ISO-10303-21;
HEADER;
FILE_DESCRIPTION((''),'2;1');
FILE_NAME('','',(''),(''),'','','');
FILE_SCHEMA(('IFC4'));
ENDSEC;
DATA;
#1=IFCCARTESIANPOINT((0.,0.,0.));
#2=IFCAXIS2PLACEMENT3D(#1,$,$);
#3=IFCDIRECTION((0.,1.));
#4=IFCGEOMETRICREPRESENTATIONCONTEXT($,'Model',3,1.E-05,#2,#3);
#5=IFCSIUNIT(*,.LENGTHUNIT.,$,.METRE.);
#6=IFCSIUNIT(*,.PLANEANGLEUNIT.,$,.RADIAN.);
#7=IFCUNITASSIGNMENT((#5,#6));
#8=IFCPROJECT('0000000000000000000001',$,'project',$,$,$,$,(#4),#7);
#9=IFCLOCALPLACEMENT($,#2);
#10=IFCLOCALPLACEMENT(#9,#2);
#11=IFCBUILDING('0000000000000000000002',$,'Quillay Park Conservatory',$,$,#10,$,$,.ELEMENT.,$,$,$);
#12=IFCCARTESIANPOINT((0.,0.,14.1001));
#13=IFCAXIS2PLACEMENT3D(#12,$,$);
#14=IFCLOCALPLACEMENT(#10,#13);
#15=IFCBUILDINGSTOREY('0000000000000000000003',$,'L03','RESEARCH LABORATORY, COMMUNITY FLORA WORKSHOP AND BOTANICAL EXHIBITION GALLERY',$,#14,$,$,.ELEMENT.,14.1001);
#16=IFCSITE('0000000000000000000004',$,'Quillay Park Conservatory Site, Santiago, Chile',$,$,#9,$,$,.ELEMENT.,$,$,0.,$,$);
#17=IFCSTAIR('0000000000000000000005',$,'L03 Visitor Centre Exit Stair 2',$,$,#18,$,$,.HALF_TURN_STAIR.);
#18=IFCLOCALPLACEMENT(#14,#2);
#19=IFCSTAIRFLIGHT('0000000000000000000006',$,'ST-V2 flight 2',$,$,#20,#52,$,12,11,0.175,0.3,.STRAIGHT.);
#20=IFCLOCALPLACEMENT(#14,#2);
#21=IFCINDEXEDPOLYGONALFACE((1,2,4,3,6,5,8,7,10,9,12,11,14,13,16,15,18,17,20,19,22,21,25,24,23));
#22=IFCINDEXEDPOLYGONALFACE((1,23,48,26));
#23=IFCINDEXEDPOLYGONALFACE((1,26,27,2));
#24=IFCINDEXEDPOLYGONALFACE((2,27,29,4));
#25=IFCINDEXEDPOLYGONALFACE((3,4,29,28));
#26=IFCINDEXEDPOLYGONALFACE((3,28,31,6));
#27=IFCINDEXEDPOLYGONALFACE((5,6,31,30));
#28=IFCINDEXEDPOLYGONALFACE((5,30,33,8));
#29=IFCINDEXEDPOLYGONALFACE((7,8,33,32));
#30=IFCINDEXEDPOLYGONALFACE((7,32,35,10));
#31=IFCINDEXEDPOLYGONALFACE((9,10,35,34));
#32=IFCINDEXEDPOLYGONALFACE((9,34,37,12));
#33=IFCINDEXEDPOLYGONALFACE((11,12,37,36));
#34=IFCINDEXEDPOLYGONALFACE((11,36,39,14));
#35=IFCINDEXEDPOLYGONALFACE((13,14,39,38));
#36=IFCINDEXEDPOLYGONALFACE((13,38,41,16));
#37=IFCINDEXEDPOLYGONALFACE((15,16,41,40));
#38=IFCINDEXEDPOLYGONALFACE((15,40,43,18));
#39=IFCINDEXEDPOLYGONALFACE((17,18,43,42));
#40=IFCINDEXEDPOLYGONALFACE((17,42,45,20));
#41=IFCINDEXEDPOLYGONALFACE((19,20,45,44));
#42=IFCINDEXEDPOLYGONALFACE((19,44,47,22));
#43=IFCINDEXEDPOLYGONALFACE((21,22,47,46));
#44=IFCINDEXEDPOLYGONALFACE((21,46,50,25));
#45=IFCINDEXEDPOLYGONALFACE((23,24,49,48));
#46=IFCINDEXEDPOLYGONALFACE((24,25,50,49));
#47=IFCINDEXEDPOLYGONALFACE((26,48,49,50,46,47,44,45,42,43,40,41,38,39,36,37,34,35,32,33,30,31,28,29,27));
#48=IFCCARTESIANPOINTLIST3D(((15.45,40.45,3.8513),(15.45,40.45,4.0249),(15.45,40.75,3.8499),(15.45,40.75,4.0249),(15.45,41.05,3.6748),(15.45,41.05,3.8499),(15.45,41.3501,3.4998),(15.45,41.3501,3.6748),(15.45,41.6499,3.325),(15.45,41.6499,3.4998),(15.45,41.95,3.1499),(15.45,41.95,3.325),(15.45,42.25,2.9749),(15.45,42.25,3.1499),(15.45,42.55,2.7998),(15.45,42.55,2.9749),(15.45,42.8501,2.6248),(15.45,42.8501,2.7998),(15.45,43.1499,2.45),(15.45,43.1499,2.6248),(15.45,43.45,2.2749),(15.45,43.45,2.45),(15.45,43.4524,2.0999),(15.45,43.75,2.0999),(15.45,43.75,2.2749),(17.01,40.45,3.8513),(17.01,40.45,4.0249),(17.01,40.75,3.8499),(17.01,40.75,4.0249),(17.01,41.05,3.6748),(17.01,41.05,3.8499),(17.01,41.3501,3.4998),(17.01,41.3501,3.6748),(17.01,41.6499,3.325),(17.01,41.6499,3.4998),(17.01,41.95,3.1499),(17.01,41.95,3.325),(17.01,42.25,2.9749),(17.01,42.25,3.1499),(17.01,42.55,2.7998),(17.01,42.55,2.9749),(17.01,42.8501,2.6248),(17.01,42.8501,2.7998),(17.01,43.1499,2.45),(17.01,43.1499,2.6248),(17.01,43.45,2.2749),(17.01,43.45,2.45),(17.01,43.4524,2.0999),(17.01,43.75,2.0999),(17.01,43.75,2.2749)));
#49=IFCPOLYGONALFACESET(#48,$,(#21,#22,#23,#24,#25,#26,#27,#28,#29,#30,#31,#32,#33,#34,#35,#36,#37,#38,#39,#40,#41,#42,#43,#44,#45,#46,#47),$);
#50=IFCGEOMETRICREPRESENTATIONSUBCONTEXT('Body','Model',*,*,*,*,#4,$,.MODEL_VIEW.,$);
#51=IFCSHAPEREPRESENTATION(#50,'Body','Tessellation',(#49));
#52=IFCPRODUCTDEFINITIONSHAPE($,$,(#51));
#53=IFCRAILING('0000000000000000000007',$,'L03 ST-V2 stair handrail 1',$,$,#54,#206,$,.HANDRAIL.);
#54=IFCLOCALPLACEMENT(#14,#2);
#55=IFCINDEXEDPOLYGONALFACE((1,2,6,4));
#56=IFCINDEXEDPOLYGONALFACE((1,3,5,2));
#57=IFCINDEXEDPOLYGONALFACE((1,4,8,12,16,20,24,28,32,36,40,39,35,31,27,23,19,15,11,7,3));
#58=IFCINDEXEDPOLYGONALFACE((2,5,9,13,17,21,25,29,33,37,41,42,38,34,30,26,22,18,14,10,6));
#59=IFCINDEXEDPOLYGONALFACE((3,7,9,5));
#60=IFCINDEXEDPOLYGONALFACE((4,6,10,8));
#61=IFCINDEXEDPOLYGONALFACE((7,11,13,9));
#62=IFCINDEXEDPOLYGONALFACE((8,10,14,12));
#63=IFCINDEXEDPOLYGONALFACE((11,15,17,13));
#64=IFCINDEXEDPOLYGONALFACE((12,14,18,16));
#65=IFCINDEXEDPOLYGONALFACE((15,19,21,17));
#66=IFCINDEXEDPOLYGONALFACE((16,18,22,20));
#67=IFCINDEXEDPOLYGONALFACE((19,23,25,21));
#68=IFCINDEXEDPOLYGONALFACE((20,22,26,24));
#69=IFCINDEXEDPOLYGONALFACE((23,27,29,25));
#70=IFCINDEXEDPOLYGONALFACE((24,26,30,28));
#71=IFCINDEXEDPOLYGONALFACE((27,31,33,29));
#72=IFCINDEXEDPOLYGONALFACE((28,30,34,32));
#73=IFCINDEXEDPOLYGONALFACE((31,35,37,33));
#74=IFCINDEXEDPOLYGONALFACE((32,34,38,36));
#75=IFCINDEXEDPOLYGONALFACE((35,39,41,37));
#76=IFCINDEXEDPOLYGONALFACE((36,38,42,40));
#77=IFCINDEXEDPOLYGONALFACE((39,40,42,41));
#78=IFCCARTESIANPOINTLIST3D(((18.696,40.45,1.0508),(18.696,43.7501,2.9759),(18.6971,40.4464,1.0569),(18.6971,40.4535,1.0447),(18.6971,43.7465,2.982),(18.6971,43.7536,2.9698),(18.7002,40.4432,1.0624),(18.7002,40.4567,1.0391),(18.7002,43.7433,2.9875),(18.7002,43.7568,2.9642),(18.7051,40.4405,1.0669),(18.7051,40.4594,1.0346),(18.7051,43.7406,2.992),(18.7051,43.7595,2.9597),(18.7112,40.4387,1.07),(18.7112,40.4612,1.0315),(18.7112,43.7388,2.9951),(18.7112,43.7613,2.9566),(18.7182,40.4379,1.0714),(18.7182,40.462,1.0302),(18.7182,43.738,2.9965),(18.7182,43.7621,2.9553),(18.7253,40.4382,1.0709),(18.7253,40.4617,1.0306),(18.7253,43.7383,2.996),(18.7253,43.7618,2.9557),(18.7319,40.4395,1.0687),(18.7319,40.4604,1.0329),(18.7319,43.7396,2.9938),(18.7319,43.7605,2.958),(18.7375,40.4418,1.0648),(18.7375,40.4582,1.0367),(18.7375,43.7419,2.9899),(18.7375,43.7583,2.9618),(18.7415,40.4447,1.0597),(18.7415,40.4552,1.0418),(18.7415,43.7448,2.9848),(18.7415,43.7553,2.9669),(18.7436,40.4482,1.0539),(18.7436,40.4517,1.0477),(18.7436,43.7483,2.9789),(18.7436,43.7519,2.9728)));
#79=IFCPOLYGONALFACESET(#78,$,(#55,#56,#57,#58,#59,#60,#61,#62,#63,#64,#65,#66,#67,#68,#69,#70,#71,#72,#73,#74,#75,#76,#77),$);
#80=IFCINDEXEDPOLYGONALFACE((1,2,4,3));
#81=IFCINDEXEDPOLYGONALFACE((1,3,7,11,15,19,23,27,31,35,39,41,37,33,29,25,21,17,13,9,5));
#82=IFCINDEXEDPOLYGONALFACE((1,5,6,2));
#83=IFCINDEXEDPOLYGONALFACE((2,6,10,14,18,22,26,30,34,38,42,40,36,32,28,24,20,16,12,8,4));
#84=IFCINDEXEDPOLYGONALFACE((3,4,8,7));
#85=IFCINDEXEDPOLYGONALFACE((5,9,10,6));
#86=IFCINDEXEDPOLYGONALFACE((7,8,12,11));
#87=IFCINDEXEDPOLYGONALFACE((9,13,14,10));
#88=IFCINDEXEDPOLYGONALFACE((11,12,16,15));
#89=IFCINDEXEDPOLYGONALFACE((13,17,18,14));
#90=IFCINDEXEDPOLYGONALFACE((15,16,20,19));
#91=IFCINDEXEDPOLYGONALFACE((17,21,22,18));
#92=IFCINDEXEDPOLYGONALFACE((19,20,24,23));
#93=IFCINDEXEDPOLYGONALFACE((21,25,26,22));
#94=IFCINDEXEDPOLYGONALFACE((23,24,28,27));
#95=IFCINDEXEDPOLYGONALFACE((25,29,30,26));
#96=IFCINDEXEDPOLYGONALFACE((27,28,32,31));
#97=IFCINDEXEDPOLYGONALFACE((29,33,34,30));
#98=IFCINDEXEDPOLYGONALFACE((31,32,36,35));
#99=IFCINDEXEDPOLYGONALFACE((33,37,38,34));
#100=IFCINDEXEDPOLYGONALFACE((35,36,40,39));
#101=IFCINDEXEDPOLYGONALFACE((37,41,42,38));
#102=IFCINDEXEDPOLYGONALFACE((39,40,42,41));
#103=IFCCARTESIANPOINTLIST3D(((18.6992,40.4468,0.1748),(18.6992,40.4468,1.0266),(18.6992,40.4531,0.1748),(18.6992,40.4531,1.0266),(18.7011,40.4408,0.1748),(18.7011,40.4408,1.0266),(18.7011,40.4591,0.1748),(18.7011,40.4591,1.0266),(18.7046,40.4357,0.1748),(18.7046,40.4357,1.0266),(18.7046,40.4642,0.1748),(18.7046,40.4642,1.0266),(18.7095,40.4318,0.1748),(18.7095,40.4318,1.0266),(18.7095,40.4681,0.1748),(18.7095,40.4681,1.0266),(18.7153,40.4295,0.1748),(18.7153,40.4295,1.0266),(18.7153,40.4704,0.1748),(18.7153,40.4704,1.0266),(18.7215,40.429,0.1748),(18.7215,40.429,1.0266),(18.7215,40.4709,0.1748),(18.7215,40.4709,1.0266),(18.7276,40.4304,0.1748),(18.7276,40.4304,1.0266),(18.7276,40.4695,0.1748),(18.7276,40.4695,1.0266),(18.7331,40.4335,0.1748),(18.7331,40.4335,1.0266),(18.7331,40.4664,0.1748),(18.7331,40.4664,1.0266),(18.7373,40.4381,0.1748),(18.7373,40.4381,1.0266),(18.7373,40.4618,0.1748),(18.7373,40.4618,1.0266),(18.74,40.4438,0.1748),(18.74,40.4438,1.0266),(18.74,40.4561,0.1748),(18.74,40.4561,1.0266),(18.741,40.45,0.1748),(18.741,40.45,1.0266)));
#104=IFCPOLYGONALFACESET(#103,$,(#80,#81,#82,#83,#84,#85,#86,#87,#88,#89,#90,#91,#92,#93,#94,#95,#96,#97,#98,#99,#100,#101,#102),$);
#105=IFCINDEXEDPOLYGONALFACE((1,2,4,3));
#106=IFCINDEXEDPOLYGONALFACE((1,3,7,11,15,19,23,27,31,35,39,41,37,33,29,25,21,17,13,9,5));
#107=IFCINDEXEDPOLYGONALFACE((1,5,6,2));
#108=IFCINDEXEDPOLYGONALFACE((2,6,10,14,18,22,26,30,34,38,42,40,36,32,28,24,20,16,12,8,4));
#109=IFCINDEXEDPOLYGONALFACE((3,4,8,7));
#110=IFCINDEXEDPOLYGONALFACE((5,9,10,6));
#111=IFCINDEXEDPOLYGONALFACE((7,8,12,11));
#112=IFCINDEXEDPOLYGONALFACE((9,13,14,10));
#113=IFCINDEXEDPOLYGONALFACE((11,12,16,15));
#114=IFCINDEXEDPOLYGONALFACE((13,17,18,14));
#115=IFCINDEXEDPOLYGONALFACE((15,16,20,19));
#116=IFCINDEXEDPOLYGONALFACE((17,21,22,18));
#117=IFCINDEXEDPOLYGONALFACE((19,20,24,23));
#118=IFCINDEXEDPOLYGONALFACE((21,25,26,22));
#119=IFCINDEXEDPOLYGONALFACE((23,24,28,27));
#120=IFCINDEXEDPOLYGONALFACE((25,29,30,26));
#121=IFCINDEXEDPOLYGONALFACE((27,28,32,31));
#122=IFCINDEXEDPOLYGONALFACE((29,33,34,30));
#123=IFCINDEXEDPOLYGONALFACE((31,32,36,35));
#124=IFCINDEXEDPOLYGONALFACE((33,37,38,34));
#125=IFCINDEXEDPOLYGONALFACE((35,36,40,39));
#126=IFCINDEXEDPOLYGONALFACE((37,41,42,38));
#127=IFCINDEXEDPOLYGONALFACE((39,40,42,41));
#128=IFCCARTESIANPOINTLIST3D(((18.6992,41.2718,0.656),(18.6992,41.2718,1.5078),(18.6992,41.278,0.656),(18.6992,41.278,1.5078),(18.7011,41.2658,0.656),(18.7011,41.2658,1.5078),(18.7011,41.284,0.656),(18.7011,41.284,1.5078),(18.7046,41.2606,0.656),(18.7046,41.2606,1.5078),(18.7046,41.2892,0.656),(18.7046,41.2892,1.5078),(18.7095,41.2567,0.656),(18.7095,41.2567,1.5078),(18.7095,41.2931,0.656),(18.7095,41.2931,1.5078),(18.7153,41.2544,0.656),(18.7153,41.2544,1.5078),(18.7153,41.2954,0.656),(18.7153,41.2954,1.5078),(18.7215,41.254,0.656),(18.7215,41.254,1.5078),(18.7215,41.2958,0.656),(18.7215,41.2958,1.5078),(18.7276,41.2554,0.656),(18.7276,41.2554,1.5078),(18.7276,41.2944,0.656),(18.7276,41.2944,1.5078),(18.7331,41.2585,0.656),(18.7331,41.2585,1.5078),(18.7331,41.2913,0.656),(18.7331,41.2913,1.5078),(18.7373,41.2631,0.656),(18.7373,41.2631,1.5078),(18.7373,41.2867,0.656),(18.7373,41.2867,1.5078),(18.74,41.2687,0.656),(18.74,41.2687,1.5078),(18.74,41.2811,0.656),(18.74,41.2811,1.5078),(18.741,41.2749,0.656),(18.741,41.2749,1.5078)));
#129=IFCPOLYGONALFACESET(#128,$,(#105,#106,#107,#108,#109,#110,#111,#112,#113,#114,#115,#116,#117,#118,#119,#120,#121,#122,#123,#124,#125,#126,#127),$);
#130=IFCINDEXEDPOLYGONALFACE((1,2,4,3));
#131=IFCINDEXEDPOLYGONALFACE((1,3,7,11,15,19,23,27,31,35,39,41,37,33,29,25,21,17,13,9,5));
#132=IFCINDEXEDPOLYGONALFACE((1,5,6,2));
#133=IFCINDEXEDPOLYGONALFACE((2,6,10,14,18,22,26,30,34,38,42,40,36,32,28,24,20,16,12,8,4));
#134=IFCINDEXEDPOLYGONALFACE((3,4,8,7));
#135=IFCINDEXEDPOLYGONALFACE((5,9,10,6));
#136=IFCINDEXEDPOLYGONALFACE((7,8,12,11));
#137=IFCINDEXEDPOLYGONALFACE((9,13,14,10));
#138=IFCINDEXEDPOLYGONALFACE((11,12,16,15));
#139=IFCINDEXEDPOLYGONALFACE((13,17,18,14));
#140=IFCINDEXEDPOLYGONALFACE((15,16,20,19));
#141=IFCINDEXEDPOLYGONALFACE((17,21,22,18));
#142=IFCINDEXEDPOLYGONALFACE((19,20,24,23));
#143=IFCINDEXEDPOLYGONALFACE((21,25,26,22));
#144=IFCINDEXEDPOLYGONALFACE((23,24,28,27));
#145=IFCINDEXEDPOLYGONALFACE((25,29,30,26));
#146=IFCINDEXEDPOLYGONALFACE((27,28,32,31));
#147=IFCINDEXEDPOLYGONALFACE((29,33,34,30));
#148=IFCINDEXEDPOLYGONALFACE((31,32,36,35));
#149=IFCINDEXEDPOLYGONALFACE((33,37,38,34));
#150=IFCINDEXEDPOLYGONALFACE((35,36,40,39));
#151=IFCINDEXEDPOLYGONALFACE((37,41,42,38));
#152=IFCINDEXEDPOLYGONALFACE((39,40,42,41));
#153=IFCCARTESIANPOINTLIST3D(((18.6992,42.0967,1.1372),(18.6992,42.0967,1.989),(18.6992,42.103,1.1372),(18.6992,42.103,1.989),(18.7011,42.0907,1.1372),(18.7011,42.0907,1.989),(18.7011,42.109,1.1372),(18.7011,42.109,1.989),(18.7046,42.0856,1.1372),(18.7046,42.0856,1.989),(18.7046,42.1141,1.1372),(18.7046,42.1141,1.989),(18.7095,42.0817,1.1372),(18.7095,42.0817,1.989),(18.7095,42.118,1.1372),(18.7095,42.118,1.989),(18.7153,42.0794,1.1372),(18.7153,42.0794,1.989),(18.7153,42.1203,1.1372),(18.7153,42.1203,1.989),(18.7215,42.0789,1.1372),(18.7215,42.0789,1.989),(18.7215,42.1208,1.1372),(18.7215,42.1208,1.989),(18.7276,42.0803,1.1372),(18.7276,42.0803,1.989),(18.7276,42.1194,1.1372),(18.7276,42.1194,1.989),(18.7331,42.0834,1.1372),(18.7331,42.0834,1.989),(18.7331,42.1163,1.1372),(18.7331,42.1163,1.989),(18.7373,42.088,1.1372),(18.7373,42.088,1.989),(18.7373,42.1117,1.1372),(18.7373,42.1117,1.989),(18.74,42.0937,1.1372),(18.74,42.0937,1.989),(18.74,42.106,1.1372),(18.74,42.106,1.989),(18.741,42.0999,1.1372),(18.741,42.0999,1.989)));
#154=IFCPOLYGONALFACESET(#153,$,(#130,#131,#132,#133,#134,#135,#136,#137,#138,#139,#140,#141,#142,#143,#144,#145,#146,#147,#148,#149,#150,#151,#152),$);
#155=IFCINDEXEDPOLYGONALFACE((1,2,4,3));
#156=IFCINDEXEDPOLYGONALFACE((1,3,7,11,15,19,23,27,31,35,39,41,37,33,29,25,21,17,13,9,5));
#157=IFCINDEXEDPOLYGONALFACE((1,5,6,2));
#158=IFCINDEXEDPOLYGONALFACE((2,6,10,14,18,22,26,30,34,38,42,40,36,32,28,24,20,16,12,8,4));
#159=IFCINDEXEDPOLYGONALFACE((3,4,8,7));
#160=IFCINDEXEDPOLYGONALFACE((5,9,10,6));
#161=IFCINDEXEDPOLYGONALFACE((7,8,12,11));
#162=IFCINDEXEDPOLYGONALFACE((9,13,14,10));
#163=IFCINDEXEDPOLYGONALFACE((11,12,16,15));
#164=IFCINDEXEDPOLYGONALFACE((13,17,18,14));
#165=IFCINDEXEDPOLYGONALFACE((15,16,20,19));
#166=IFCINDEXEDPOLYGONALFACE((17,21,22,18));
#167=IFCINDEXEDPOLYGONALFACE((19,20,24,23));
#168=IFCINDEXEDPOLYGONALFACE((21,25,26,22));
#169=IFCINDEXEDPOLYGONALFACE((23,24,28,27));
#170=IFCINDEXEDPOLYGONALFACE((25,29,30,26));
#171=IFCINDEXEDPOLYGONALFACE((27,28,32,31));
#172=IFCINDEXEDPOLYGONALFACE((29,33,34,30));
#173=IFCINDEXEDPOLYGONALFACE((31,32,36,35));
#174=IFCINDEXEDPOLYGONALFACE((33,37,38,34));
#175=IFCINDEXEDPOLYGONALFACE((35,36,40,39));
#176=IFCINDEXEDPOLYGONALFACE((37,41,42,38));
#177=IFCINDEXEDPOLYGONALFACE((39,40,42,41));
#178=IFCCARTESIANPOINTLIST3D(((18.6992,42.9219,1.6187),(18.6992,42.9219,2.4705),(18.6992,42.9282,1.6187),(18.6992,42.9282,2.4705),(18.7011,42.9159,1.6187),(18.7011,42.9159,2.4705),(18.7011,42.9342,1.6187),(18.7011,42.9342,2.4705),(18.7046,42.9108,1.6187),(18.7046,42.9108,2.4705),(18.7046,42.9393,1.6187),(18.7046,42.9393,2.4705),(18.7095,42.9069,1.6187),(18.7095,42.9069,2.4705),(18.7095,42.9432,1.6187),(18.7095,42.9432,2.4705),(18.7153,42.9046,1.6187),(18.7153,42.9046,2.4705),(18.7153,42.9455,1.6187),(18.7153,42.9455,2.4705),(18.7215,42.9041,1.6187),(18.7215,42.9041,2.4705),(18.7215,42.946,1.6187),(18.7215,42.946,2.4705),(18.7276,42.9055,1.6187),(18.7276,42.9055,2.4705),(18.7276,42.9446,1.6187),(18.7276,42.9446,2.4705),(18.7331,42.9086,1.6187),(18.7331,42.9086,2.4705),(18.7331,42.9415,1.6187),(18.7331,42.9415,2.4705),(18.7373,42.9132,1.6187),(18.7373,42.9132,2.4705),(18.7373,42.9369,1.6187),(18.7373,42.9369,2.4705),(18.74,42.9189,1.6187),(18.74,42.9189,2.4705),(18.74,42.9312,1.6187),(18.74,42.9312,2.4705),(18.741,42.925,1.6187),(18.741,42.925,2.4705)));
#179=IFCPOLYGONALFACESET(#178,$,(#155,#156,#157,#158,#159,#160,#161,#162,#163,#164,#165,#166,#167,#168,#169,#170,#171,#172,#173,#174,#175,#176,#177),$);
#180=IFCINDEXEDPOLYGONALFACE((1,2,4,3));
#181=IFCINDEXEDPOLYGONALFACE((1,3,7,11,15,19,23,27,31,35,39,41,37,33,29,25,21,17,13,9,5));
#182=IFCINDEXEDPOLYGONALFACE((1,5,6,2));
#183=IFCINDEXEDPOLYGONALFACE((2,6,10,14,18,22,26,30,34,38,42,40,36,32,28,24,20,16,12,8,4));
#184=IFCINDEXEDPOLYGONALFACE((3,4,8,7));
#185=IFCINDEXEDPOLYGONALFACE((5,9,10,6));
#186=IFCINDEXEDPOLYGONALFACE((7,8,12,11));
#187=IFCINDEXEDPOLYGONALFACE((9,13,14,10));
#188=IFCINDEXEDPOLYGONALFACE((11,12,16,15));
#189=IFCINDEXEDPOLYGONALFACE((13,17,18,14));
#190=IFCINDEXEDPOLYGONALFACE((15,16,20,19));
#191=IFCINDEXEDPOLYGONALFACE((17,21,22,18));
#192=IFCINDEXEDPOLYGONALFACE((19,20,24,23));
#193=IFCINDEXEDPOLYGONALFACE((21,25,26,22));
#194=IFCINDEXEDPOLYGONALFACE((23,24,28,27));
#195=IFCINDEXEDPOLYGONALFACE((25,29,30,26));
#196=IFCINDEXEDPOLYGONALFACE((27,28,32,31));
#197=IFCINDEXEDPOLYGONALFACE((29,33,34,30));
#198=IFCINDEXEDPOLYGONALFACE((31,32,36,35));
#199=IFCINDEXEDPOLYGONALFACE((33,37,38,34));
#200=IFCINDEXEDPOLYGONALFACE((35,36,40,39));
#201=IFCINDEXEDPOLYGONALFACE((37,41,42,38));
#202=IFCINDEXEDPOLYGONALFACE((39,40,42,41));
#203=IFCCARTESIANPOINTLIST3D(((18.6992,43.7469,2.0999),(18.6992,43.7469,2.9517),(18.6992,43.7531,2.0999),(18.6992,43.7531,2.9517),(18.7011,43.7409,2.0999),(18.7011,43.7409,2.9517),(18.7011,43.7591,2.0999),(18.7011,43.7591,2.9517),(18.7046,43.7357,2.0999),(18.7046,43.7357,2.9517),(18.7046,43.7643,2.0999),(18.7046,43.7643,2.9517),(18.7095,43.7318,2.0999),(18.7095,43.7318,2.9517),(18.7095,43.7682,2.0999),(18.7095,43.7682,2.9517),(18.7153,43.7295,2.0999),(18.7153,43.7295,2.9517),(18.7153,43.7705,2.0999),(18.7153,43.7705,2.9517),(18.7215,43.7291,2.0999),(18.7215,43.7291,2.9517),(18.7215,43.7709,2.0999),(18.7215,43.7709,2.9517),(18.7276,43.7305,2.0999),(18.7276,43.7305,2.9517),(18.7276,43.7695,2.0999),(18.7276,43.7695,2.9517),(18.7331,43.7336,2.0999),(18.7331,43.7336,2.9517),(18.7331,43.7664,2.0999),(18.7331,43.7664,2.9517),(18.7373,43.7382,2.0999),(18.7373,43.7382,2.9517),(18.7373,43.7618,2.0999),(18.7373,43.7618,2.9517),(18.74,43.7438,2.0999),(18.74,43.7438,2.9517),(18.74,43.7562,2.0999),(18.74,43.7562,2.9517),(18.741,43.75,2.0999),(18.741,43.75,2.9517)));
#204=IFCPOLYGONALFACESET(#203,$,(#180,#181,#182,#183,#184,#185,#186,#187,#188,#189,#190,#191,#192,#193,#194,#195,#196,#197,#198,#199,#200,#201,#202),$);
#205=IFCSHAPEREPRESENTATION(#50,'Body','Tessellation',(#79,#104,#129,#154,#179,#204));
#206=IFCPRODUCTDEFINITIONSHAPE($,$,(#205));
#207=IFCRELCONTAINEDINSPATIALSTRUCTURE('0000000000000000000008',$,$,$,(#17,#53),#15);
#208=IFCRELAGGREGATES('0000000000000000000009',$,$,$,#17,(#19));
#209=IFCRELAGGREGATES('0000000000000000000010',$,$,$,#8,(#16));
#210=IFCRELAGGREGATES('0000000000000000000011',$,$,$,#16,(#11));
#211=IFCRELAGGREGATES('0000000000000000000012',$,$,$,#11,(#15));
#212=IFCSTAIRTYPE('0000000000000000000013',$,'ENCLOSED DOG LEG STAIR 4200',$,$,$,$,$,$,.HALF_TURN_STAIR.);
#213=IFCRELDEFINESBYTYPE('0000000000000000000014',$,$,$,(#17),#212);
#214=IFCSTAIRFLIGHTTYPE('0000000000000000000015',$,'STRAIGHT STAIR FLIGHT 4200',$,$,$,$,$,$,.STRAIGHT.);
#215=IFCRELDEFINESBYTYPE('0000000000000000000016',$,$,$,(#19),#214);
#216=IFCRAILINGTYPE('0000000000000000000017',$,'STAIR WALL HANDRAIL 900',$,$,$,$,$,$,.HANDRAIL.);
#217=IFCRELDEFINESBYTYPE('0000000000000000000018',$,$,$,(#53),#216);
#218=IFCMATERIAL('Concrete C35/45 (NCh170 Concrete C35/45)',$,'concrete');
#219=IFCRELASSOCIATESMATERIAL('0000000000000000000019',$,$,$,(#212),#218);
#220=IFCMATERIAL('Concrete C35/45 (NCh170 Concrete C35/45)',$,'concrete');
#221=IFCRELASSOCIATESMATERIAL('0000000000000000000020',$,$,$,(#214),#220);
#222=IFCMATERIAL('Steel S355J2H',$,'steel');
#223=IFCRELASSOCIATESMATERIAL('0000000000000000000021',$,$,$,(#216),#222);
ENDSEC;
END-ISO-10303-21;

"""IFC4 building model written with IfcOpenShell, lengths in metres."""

from ifc_helpers import new_model, si_unit, direction, frame, origin, origin_2d, place, context, subcontext, project, spatial, polyline, circle, outline, extrude, material, type_object, element, aggregate, save


model = new_model("IFC4")

# Units and contexts
model_context = context("Model", 3, precision=1e-05, world=origin(), true_north=direction((0.0, 1.0)))
body_context = subcontext(model_context, "Body", "Model", "MODEL_VIEW")
ifc_project = project(units=[si_unit("LENGTHUNIT", "METRE"), si_unit("PLANEANGLEUNIT", "RADIAN")], contexts=[model_context])

# Site, building, storey
site_placement = place(None, origin())
site = spatial("IfcSite", under=ifc_project, at=site_placement, Name="Quillay Park Conservatory Site, Santiago, Chile", CompositionType="ELEMENT", RefElevation=0.0)
building_placement = place(site_placement, origin())
building = spatial("IfcBuilding", under=site, at=building_placement, Name="Quillay Park Conservatory", CompositionType="ELEMENT")
storey_placement = place(building_placement, frame((0.0, 0.0, 14.1001)))
storey = spatial("IfcBuildingStorey", under=building, at=storey_placement, Name="L03", Description="RESEARCH LABORATORY, COMMUNITY FLORA WORKSHOP AND BOTANICAL EXHIBITION GALLERY", CompositionType="ELEMENT", Elevation=14.1001)

# Stair, stair flight
ifc_material_1 = material(Name="Concrete C35/45 (NCh170 Concrete C35/45)", Category="concrete")
stair_type = type_object("IfcStairType", Name="ENCLOSED DOG LEG STAIR 4200", PredefinedType="HALF_TURN_STAIR", material=ifc_material_1)
stair_placement = place(storey_placement, origin())
stair = element("IfcStair", 1, at=stair_placement, inside=storey, type_object=stair_type, Name="L03 Visitor Centre Exit Stair 2", PredefinedType="HALF_TURN_STAIR")
ifc_material_2 = material(Name="Concrete C35/45 (NCh170 Concrete C35/45)", Category="concrete")
stair_flight_type = type_object("IfcStairFlightType", Name="STRAIGHT STAIR FLIGHT 4200", PredefinedType="STRAIGHT", material=ifc_material_2)
stair_flight_1_placement = place(storey_placement, frame((16.23, 43.75, 2.0999), z_axis=(0.0, 0.0, 1.0), x_axis=(0.0, -1.0, 0.0)))
stair_flight_1 = element("IfcStairFlight", 2, at=stair_flight_1_placement, type_object=stair_flight_type, Name="ST-V2 flight 2", NumberOfRisers=12, NumberOfTreads=11, PredefinedType="STRAIGHT", RiserHeight=0.175, TreadLength=0.3, context=body_context, shape_type="SweptSolid", body=[
    extrude(outline(polyline([(0.0, 0.0), (0.0, 0.175), (0.3, 0.175), (0.3, 0.3501), (0.6001, 0.3501), (0.6001, 0.5249), (0.8999, 0.5249), (0.8999, 0.7), (1.2, 0.7), (1.2, 0.875), (1.5, 0.875), (1.5, 1.05), (1.8, 1.05), (1.8, 1.2251), (2.1001, 1.2251), (2.1001, 1.3999), (2.3999, 1.3999), (2.3999, 1.575), (2.7, 1.575), (2.7, 1.75), (3.0, 1.75), (3.0, 1.925), (3.3, 1.925), (3.3, 2.1001), (3.3, 1.7515), (0.2976, 0.0), (0.0, 0.0)])), frame((0.0, 0.78, 0.0), z_axis=(0.0, -1.0, 0.0), x_axis=(1.0, 0.0, 0.0)), (0.0, 0.0, 1.0), 1.5601),
])
aggregate(stair, [stair_flight_1])

# Railing
ifc_material_3 = material(Name="Steel S355J2H", Category="steel")
railing_type_1 = type_object("IfcRailingType", Name="STAIR WALL HANDRAIL 900", PredefinedType="HANDRAIL", material=ifc_material_3)
railing_1_placement = place(storey_placement, frame((18.72, 40.45, 0.1748)))
element("IfcRailing", 3, at=railing_1_placement, inside=storey, type_object=railing_type_1, Name="L03 ST-V2 stair handrail 1", PredefinedType="HANDRAIL", context=body_context, shape_type="SweptSolid", body=[
    extrude(circle(Radius=0.0239, at=origin_2d()), frame((0.0, 0.0, 0.876), z_axis=(0.0, 0.863777, 0.503875), x_axis=(-1.0, 0.0, 0.0)), (0.0, 0.0, 1.0), 3.8206),
    extrude(circle(Radius=0.021, at=origin_2d()), origin(), (0.0, 0.0, 1.0), 0.8518),
    extrude(circle(Radius=0.021, at=origin_2d()), frame((0.0, 0.825, 0.4812)), (0.0, 0.0, 1.0), 0.8518),
    extrude(circle(Radius=0.021, at=origin_2d()), frame((0.0, 1.6499, 0.9624)), (0.0, 0.0, 1.0), 0.8518),
    extrude(circle(Radius=0.021, at=origin_2d()), frame((0.0, 2.4751, 1.4438)), (0.0, 0.0, 1.0), 0.8518),
    extrude(circle(Radius=0.021, at=origin_2d()), frame((0.0, 3.3, 1.925)), (0.0, 0.0, 1.0), 0.8518),
])

save(model, "model.ifc")
